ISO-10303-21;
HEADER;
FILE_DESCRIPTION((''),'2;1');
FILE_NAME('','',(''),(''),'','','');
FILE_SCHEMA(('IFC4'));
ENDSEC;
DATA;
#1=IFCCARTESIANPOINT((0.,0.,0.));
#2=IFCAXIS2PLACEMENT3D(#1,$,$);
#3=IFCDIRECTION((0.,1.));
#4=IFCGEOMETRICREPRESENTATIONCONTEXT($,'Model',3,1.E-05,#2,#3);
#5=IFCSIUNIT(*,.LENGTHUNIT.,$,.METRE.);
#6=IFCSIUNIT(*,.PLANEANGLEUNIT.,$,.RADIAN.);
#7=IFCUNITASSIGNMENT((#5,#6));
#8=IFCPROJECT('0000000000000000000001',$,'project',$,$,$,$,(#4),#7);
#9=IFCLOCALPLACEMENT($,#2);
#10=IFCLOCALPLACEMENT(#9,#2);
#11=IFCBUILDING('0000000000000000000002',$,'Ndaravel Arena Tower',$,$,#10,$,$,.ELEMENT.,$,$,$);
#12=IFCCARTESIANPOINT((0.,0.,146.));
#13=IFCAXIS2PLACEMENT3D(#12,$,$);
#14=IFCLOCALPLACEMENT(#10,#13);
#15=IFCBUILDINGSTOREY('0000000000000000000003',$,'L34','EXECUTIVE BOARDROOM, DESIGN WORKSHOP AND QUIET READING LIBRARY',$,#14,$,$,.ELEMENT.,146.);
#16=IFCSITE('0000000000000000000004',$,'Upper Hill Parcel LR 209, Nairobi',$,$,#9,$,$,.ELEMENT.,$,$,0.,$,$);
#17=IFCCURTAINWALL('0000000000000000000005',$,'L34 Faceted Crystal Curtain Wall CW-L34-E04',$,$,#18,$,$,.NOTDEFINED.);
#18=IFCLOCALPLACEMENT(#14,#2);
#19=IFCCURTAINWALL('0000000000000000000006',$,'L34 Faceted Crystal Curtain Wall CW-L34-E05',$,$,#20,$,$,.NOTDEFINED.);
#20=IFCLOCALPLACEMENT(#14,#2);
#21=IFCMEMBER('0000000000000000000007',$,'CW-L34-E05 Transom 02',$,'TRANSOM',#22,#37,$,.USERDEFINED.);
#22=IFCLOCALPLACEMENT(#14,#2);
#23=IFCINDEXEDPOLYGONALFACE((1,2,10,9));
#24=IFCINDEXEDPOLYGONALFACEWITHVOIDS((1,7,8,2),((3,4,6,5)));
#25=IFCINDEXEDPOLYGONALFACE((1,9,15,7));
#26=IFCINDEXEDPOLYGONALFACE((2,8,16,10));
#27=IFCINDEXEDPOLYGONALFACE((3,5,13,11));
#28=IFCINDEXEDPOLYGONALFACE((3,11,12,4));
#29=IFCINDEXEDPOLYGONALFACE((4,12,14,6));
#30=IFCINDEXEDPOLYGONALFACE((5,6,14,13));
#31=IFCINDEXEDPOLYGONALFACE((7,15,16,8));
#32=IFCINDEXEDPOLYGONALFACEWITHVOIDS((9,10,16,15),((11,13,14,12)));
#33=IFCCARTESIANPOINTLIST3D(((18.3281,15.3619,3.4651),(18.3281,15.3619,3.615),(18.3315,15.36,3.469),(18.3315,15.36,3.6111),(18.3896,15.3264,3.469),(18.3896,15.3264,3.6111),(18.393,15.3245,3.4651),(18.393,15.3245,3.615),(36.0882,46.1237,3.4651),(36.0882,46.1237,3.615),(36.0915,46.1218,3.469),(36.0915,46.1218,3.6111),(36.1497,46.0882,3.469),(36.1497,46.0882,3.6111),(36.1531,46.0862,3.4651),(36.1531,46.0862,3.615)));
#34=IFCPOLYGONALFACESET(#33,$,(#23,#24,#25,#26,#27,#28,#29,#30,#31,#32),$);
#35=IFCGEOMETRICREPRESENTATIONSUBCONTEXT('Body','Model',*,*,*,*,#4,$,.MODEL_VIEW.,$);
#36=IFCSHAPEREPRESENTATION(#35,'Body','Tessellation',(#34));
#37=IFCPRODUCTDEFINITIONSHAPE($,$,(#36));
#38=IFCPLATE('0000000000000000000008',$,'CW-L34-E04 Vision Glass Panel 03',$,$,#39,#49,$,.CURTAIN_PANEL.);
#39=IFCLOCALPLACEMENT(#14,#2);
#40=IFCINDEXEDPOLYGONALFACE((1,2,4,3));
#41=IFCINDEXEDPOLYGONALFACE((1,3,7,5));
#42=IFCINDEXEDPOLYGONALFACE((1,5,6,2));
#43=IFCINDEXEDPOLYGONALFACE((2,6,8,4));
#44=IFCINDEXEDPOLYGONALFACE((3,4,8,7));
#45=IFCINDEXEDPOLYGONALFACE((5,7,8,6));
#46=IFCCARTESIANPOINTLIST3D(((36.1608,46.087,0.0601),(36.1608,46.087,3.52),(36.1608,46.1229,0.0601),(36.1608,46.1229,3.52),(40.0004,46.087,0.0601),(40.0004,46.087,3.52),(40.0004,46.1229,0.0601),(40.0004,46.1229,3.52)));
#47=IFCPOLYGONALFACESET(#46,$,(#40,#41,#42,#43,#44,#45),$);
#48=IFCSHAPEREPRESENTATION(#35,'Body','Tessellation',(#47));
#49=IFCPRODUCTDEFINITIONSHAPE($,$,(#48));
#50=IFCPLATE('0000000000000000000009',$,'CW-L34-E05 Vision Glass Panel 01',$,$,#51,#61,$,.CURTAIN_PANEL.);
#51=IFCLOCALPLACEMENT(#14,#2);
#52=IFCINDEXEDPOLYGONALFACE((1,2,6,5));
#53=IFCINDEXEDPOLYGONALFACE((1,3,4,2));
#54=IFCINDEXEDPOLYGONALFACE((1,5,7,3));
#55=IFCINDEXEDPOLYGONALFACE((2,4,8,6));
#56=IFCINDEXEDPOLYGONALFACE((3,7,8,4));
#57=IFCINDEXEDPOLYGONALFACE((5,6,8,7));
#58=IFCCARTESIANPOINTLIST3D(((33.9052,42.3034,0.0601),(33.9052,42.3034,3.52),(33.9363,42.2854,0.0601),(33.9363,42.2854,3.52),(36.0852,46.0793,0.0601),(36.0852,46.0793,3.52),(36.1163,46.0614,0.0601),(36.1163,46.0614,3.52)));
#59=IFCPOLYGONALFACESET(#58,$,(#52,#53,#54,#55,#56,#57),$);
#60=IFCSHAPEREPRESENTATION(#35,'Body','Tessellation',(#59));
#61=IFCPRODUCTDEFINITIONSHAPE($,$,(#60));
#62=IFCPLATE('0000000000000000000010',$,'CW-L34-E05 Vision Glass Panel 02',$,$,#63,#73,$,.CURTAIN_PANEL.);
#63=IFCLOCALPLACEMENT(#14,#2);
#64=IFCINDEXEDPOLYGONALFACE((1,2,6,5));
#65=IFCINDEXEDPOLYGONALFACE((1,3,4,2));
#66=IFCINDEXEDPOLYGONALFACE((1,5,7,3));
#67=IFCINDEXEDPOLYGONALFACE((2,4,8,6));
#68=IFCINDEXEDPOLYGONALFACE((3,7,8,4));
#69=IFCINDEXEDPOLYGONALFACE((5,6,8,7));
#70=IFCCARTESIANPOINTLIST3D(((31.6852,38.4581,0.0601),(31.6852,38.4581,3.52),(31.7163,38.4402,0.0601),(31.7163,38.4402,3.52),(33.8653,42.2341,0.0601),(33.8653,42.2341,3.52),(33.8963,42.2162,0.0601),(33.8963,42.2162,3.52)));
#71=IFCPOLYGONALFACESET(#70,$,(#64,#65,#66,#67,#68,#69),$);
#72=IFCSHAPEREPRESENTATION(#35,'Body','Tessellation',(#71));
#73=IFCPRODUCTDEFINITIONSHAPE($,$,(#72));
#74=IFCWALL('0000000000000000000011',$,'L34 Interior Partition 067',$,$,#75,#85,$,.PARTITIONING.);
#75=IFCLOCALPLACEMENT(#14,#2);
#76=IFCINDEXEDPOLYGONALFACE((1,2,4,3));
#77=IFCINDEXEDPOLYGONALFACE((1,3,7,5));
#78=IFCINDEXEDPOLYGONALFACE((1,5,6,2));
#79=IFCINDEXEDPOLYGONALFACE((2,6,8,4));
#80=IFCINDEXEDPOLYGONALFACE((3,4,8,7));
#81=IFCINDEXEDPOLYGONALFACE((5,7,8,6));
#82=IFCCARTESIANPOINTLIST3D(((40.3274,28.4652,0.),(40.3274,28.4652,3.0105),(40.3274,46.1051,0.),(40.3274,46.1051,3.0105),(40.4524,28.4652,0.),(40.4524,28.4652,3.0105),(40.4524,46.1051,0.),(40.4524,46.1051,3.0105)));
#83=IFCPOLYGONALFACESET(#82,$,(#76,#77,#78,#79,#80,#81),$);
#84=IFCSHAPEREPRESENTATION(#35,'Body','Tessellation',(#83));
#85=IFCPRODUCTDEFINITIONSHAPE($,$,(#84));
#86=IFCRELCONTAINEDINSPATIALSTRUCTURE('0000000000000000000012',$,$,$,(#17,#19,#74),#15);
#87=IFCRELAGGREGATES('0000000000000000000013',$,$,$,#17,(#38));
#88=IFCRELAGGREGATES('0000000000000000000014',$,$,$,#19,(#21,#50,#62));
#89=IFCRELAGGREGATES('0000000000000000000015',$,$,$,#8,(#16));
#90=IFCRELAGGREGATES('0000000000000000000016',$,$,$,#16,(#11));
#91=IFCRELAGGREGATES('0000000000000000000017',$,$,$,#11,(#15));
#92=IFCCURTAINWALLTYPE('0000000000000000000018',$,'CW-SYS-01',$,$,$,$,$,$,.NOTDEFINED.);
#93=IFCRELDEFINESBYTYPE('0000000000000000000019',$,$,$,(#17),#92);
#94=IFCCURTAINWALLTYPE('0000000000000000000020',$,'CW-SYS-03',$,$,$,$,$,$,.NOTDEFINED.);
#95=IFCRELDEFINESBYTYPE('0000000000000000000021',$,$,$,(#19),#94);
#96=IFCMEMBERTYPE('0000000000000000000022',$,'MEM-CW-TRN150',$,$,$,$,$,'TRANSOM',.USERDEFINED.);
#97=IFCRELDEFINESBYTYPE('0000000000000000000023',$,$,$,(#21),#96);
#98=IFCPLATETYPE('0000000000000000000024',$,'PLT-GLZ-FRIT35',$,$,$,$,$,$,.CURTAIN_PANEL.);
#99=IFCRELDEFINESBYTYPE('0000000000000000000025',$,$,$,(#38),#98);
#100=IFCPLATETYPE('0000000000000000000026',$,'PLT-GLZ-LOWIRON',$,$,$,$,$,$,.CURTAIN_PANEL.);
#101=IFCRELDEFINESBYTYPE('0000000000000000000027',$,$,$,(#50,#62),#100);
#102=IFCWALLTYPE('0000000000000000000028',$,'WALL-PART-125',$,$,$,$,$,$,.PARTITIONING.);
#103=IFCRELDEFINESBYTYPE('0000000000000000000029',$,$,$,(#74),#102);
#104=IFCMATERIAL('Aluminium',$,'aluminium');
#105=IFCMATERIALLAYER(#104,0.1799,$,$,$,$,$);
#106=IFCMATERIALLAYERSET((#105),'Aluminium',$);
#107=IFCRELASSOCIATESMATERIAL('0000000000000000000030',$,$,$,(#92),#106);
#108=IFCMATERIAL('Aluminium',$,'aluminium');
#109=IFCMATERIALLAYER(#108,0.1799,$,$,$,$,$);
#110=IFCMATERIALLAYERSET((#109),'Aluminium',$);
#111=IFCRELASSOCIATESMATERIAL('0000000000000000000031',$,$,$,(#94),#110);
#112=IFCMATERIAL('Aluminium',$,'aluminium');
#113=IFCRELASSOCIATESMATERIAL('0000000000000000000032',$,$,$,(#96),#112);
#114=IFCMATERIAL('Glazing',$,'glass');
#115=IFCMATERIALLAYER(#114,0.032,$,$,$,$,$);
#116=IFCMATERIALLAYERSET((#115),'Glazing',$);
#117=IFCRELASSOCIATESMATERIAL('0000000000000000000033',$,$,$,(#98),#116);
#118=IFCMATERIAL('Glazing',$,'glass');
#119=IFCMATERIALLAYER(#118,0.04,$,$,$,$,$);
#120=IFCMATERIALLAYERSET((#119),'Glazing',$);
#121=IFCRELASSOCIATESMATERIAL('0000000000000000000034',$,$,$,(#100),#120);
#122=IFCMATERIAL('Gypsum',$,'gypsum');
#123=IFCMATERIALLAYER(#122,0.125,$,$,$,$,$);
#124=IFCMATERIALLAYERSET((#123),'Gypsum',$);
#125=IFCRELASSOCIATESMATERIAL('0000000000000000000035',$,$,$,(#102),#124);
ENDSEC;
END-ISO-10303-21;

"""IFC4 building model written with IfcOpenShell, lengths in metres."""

from ifc_helpers import new_model, si_unit, direction, frame, frame_2d, origin, origin_2d, place, context, subcontext, project, spatial, rectangle, hollow_rectangle, extrude, material, layer, layer_set, material_profile, profile_set, type_object, element, aggregate, save


model = new_model("IFC4")

# Units and contexts
model_context = context("Model", 3, precision=1e-05, world=origin(), true_north=direction((0.0, 1.0)))
body_context = subcontext(model_context, "Body", "Model", "MODEL_VIEW")
ifc_project = project(units=[si_unit("LENGTHUNIT", "METRE"), si_unit("PLANEANGLEUNIT", "RADIAN")], contexts=[model_context])

# Site, building, storey
site_placement = place(None, origin())
site = spatial("IfcSite", under=ifc_project, at=site_placement, Name="Upper Hill Parcel LR 209, Nairobi", CompositionType="ELEMENT", RefElevation=0.0)
building_placement = place(site_placement, origin())
building = spatial("IfcBuilding", under=site, at=building_placement, Name="Ndaravel Arena Tower", CompositionType="ELEMENT")
storey_placement = place(building_placement, frame((0.0, 0.0, 146.0)))
storey = spatial("IfcBuildingStorey", under=building, at=storey_placement, Name="L34", Description="EXECUTIVE BOARDROOM, DESIGN WORKSHOP AND QUIET READING LIBRARY", CompositionType="ELEMENT", Elevation=146.0)

# Curtain wall
ifc_material_1 = material(Name="Aluminium", Category="aluminium")
ifc_layer_1 = layer(ifc_material_1, 0.1799)
ifc_layer_set_1 = layer_set([ifc_layer_1], Name="Aluminium")
curtain_wall_type_1 = type_object("IfcCurtainWallType", Name="CW-SYS-01", PredefinedType="NOTDEFINED", material=ifc_layer_set_1)
curtain_wall_1_placement = place(storey_placement, origin())
curtain_wall_1 = element("IfcCurtainWall", 1, at=curtain_wall_1_placement, inside=storey, type_object=curtain_wall_type_1, Name="L34 Faceted Crystal Curtain Wall CW-L34-E04", PredefinedType="NOTDEFINED")

# Curtain wall, member
ifc_material_2 = material(Name="Aluminium", Category="aluminium")
ifc_layer_2 = layer(ifc_material_2, 0.1799)
ifc_layer_set_2 = layer_set([ifc_layer_2], Name="Aluminium")
curtain_wall_type_2 = type_object("IfcCurtainWallType", Name="CW-SYS-03", PredefinedType="NOTDEFINED", material=ifc_layer_set_2)
curtain_wall_2_placement = place(storey_placement, origin())
curtain_wall_2 = element("IfcCurtainWall", 2, at=curtain_wall_2_placement, inside=storey, type_object=curtain_wall_type_2, Name="L34 Faceted Crystal Curtain Wall CW-L34-E05", PredefinedType="NOTDEFINED")
ifc_material_3 = material(Name="Aluminium", Category="aluminium")
ifc_material_profile_1 = material_profile(ifc_material_3, hollow_rectangle(XDim=0.075, YDim=0.1499, WallThickness=0.0039, at=origin_2d()), Name="CW TRANSOM 75x150x4")
ifc_profile_set_1 = profile_set([ifc_material_profile_1], Name="Aluminium")
member_type_1 = type_object("IfcMemberType", Name="MEM-CW-TRN150", ElementType="TRANSOM", PredefinedType="USERDEFINED", material=ifc_profile_set_1)
member_1_placement = place(storey_placement, frame((36.1206, 46.105, 3.54), z_axis=(-0.499994, -0.866029, 0.0), x_axis=(0.866029, -0.499994, 0.0)))
member_1 = element("IfcMember", 3, at=member_1_placement, type_object=member_type_1, Name="CW-L34-E05 Transom 02", ObjectType="TRANSOM", PredefinedType="USERDEFINED", context=body_context, shape_type="SweptSolid", body=[
    extrude(hollow_rectangle(XDim=0.075, YDim=0.1499, WallThickness=0.0039, at=origin_2d()), origin(), (0.0, 0.0, 1.0), 35.5205),
])

# Plates
ifc_material_4 = material(Name="Glazing", Category="glass")
ifc_layer_3 = layer(ifc_material_4, 0.032)
ifc_layer_set_3 = layer_set([ifc_layer_3], Name="Glazing")
plate_type_1 = type_object("IfcPlateType", Name="PLT-GLZ-FRIT35", PredefinedType="CURTAIN_PANEL", material=ifc_layer_set_3)
plate_1_placement = place(storey_placement, frame((38.0806, 46.105, 0.0601), z_axis=(0.0, 0.0, 1.0), x_axis=(-1.0, 0.0, 0.0)))
plate_1 = element("IfcPlate", 4, at=plate_1_placement, type_object=plate_type_1, Name="CW-L34-E04 Vision Glass Panel 03", PredefinedType="CURTAIN_PANEL", context=body_context, shape_type="SweptSolid", body=[
    extrude(rectangle(XDim=3.8396, YDim=0.0359, at=origin_2d()), origin(), (0.0, 0.0, 1.0), 3.46),
])
aggregate(curtain_wall_1, [plate_1])
ifc_material_5 = material(Name="Glazing", Category="glass")
ifc_layer_4 = layer(ifc_material_5, 0.04)
ifc_layer_set_4 = layer_set([ifc_layer_4], Name="Glazing")
plate_type_2 = type_object("IfcPlateType", Name="PLT-GLZ-LOWIRON", PredefinedType="CURTAIN_PANEL", material=ifc_layer_set_4)
plate_2_placement = place(storey_placement, frame((35.0107, 44.1824, 0.0601), z_axis=(0.0, 0.0, 1.0), x_axis=(-0.5, -0.866025, 0.0)))
plate_2 = element("IfcPlate", 5, at=plate_2_placement, type_object=plate_type_2, Name="CW-L34-E05 Vision Glass Panel 01", PredefinedType="CURTAIN_PANEL", context=body_context, shape_type="SweptSolid", body=[
    extrude(rectangle(XDim=4.3601, YDim=0.0359, at=origin_2d()), origin(), (0.0, 0.0, 1.0), 3.46),
])
plate_3_placement = place(storey_placement, frame((32.7908, 40.3372, 0.0601), z_axis=(0.0, 0.0, 1.0), x_axis=(-0.5, -0.866025, 0.0)))
plate_3 = element("IfcPlate", 6, at=plate_3_placement, type_object=plate_type_2, Name="CW-L34-E05 Vision Glass Panel 02", PredefinedType="CURTAIN_PANEL", context=body_context, shape_type="SweptSolid", body=[
    extrude(rectangle(XDim=4.3601, YDim=0.0359, at=origin_2d()), origin(), (0.0, 0.0, 1.0), 3.46),
])
aggregate(curtain_wall_2, [member_1, plate_2, plate_3])

# Wall
ifc_material_6 = material(Name="Gypsum", Category="gypsum")
ifc_layer_5 = layer(ifc_material_6, 0.125)
ifc_layer_set_5 = layer_set([ifc_layer_5], Name="Gypsum")
wall_type = type_object("IfcWallType", Name="WALL-PART-125", PredefinedType="PARTITIONING", material=ifc_layer_set_5)
wall_placement = place(storey_placement, frame((40.3899, 46.105, 0.0), z_axis=(0.0, 0.0, 1.0), x_axis=(0.0, -1.0, 0.0)))
element("IfcWall", 7, at=wall_placement, inside=storey, type_object=wall_type, Name="L34 Interior Partition 067", PredefinedType="PARTITIONING", context=body_context, shape_type="SweptSolid", body=[
    extrude(rectangle(XDim=17.6399, YDim=0.125, at=frame_2d((8.8198, 0.0))), origin(), (0.0, 0.0, 1.0), 3.0105),
])

save(model, "model.ifc")
